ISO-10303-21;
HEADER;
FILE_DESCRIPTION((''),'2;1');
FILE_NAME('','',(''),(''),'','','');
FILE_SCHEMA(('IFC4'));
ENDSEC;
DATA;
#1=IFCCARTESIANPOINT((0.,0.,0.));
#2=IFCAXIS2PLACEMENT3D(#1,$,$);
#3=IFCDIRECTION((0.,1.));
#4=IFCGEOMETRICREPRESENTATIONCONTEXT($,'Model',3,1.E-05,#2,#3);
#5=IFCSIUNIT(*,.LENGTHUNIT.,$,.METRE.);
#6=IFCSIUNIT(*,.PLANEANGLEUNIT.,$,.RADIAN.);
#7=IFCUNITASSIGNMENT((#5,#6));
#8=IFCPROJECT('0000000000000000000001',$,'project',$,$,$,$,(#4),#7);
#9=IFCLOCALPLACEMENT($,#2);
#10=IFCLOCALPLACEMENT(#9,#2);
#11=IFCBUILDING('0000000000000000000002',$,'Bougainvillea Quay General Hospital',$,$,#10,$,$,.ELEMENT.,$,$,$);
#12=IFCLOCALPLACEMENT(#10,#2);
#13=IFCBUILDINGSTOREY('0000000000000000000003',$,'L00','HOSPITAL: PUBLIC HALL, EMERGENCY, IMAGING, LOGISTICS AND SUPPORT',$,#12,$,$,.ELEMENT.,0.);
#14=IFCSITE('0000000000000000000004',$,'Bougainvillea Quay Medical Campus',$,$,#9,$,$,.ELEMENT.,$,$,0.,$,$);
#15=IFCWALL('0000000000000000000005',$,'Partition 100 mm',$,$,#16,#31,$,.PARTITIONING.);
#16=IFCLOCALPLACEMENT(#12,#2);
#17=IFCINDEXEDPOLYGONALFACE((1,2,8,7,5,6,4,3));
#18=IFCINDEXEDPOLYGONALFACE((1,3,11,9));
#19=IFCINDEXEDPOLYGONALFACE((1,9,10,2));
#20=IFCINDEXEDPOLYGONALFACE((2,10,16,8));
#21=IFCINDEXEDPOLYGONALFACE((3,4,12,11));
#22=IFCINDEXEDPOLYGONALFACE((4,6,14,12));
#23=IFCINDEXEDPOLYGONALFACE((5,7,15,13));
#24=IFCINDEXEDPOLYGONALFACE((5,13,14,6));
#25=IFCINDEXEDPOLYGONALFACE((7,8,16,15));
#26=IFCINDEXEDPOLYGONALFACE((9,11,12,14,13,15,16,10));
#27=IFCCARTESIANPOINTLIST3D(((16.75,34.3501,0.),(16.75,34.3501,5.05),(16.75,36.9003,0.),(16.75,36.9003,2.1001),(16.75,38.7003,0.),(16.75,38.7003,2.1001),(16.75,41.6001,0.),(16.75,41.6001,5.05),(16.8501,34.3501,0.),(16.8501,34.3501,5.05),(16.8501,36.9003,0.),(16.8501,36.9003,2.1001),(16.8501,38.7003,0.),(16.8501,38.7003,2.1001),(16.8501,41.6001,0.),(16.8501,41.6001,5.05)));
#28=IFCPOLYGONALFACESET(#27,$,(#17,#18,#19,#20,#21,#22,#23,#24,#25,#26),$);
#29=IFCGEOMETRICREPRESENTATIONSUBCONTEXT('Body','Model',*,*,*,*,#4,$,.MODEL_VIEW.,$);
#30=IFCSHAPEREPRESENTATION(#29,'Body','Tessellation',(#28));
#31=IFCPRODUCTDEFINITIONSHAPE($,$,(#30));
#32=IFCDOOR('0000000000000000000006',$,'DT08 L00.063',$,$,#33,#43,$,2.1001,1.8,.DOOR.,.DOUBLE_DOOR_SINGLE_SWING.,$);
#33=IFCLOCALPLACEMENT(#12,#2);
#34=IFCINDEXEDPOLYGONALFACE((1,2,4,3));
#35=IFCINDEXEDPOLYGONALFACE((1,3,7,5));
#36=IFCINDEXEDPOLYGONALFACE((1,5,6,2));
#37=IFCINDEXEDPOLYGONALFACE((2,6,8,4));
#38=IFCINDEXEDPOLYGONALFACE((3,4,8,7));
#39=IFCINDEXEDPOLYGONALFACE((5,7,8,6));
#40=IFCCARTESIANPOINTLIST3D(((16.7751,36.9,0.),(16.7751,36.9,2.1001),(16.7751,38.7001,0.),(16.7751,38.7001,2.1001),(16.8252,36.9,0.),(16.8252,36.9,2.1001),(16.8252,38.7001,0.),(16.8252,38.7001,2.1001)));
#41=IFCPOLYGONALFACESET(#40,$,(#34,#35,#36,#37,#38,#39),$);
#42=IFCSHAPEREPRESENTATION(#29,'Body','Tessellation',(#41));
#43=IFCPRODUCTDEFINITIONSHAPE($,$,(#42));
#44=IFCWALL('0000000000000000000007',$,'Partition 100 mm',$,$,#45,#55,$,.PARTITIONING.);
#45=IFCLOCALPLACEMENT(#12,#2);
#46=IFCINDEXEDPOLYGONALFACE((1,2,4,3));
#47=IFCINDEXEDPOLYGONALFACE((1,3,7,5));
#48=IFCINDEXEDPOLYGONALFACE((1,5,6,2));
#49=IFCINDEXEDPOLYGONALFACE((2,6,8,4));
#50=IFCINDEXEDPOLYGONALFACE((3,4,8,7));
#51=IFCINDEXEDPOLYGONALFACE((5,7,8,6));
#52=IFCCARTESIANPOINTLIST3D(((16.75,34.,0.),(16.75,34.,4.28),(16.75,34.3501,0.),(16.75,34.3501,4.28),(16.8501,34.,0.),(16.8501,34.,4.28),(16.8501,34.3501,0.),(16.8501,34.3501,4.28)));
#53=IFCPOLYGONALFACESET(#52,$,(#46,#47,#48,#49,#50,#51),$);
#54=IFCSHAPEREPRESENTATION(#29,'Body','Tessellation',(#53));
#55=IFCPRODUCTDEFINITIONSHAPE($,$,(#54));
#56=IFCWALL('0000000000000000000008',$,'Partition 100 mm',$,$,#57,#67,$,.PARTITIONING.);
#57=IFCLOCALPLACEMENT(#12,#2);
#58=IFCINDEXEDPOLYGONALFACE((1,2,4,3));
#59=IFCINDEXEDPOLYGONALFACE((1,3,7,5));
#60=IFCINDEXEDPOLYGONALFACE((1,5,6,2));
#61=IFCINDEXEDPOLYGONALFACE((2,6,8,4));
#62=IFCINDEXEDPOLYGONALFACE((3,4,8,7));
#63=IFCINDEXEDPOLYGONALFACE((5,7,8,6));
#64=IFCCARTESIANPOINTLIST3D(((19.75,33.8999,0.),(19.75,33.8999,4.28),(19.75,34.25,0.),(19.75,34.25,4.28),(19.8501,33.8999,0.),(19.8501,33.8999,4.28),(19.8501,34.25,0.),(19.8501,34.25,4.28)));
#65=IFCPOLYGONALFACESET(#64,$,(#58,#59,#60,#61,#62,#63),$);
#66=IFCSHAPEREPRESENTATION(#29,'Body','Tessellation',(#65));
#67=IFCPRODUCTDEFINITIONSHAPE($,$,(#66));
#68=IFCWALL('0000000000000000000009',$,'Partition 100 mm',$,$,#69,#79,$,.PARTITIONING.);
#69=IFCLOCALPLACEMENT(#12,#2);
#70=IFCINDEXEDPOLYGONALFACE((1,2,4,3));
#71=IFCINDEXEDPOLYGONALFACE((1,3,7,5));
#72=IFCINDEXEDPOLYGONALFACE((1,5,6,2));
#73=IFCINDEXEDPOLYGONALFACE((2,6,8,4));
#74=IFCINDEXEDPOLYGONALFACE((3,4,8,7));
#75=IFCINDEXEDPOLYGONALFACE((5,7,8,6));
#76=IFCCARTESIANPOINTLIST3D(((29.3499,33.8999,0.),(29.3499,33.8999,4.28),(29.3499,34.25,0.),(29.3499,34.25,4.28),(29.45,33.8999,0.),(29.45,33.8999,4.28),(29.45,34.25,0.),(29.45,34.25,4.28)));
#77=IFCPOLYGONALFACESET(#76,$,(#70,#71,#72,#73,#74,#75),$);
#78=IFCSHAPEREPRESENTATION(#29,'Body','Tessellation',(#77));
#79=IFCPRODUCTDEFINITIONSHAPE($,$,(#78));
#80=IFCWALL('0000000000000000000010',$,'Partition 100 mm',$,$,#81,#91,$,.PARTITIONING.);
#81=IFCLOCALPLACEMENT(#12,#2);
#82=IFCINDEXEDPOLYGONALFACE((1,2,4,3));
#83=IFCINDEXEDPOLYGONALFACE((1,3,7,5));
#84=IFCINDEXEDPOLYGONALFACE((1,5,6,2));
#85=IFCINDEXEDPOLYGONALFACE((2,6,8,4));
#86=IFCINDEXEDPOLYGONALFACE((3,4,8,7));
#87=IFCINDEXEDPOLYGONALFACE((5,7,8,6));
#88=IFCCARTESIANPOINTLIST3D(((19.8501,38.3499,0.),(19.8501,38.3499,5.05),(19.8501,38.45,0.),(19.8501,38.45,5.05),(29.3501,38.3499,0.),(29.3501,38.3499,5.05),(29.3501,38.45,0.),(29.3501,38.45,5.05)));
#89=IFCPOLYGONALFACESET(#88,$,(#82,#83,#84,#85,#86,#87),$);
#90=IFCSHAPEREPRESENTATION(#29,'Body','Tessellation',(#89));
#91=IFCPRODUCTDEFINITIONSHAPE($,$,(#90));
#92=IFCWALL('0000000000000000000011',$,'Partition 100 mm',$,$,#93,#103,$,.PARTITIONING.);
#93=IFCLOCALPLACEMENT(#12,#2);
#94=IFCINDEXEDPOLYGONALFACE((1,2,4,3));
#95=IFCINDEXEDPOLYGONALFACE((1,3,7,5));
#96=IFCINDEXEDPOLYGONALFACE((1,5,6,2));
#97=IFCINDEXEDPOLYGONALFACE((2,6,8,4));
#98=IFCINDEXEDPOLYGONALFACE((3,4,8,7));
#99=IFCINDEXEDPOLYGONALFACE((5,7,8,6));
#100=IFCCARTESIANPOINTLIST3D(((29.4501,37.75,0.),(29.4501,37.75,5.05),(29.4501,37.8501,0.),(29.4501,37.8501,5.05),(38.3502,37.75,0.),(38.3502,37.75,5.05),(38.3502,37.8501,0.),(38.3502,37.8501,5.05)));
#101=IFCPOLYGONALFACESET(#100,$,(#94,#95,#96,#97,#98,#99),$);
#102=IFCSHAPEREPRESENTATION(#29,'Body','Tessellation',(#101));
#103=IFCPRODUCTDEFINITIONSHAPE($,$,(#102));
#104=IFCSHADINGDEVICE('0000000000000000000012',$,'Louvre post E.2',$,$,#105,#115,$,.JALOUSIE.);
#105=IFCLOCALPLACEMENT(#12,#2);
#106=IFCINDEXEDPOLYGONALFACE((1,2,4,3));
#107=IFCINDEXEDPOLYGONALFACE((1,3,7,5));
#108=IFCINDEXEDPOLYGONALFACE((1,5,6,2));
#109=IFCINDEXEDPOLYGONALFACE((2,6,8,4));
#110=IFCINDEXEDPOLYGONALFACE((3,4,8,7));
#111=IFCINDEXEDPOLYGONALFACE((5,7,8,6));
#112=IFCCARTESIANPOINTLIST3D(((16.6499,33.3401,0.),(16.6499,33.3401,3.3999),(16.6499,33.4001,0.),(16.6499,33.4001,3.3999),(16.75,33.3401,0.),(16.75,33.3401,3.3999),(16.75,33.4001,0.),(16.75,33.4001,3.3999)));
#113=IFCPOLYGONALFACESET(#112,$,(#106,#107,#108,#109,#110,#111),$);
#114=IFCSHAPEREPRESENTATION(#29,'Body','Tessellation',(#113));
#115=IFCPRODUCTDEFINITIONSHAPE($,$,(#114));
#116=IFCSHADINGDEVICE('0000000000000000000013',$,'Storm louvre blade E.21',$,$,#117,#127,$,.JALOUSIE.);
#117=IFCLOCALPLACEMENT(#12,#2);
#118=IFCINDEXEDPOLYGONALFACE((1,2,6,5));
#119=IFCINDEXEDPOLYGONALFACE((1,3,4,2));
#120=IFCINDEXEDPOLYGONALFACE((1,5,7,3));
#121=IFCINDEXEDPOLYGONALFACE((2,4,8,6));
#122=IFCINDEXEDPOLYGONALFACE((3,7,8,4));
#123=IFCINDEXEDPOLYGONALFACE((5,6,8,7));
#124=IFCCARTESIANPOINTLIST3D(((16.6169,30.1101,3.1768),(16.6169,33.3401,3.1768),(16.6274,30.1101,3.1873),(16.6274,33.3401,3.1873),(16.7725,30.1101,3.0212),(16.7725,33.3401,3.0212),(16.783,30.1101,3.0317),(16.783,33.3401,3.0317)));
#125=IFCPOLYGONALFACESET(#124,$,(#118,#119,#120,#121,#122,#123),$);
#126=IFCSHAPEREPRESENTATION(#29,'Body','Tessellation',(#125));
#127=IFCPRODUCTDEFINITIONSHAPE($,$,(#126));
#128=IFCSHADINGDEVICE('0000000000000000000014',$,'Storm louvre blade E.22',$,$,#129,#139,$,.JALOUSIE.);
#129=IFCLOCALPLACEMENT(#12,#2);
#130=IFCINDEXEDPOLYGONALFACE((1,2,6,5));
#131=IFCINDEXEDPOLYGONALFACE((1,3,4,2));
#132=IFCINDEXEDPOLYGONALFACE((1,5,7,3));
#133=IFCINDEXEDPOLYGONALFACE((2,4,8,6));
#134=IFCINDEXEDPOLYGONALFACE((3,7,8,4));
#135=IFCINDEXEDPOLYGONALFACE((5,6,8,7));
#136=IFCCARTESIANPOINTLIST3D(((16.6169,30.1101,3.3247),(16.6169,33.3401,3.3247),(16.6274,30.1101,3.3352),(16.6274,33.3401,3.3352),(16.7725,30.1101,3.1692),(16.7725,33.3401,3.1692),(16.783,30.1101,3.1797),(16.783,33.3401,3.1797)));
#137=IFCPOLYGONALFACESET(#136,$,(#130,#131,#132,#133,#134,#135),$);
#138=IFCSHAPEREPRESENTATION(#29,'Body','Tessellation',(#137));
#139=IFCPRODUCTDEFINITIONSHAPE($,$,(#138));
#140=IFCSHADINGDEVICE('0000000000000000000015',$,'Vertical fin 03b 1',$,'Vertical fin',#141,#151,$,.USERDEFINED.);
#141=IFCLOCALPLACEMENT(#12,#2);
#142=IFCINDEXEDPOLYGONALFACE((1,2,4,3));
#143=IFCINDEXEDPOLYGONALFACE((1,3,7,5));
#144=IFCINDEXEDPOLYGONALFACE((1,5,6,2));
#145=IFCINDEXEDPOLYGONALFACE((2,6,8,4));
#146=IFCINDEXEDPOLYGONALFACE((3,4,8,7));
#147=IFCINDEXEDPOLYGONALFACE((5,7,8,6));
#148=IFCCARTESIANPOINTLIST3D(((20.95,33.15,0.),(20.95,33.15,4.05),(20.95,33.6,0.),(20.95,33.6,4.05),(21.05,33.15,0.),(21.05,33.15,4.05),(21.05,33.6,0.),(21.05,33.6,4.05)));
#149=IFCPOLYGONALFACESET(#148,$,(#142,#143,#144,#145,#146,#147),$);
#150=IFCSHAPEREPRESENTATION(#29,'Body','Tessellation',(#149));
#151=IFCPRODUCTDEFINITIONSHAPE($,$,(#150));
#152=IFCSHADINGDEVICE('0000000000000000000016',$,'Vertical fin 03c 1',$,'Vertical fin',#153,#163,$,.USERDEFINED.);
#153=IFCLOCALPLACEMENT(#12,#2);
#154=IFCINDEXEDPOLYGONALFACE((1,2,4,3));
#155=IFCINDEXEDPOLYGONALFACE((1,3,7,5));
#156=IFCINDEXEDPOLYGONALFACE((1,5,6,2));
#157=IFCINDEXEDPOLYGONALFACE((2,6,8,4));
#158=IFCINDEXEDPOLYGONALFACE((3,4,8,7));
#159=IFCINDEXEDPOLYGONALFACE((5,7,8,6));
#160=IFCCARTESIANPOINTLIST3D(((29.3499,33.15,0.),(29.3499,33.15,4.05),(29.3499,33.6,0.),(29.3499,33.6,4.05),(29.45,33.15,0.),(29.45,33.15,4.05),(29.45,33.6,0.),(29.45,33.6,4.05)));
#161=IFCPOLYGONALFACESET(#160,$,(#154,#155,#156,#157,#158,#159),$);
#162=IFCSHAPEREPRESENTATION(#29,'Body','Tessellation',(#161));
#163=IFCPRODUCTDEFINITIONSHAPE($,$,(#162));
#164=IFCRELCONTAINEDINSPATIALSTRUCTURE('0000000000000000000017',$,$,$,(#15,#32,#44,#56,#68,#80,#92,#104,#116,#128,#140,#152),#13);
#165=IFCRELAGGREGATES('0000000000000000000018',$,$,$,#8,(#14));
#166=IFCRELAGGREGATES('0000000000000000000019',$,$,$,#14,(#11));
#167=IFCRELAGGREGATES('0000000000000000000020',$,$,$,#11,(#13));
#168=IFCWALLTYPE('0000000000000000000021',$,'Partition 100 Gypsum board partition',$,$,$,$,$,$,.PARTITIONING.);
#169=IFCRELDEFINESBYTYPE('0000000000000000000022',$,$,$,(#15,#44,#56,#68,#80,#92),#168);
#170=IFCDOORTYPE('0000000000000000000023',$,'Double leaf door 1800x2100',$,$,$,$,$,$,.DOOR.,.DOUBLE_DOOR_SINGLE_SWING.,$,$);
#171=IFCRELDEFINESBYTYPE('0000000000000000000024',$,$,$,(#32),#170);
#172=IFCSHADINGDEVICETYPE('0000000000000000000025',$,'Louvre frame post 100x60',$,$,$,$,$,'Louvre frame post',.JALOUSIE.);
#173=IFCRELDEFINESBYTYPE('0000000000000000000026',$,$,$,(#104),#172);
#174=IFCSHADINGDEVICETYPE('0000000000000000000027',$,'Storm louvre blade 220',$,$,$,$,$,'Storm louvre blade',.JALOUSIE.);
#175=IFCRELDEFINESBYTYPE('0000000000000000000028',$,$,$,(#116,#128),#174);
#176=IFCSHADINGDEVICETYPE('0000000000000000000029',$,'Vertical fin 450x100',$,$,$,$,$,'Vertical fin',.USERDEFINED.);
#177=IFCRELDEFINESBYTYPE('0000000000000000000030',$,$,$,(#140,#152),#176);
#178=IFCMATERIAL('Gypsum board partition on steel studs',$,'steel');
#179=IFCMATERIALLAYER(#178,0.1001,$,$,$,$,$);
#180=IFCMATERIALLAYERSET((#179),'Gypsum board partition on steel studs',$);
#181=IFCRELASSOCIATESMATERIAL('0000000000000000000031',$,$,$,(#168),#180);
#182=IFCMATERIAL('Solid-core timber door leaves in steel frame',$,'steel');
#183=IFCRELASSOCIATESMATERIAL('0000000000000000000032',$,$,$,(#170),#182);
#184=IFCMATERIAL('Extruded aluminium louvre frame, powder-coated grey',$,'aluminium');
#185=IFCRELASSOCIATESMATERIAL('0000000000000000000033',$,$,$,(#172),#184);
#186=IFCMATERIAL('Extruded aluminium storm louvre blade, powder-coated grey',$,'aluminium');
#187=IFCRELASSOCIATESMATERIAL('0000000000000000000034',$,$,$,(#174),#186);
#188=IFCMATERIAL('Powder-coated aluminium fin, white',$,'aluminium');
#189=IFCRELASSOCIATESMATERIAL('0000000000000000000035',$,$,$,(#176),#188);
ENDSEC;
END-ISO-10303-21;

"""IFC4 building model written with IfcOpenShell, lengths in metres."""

from ifc_helpers import new_model, si_unit, direction, frame, frame_2d, origin, origin_2d, place, context, subcontext, project, spatial, rectangle, extrude, material, layer, layer_set, material_profile, profile_set, type_object, element, fill, save


model = new_model("IFC4")

# Units and contexts
model_context = context("Model", 3, precision=1e-05, world=origin(), true_north=direction((0.0, 1.0)))
body_context = subcontext(model_context, "Body", "Model", "MODEL_VIEW")
ifc_project = project(units=[si_unit("LENGTHUNIT", "METRE"), si_unit("PLANEANGLEUNIT", "RADIAN")], contexts=[model_context])

# Site, building, storey
site_placement = place(None, origin())
site = spatial("IfcSite", under=ifc_project, at=site_placement, Name="Bougainvillea Quay Medical Campus", CompositionType="ELEMENT", RefElevation=0.0)
building_placement = place(site_placement, origin())
building = spatial("IfcBuilding", under=site, at=building_placement, Name="Bougainvillea Quay General Hospital", CompositionType="ELEMENT")
storey_placement = place(building_placement, origin())
storey = spatial("IfcBuildingStorey", under=building, at=storey_placement, Name="L00", Description="HOSPITAL: PUBLIC HALL, EMERGENCY, IMAGING, LOGISTICS AND SUPPORT", CompositionType="ELEMENT", Elevation=0.0)

# Wall, opening, door
ifc_material_1 = material(Name="Gypsum board partition on steel studs", Category="steel")
ifc_layer_1 = layer(ifc_material_1, 0.1001)
ifc_layer_set_1 = layer_set([ifc_layer_1], Name="Gypsum board partition on steel studs")
wall_type_1 = type_object("IfcWallType", Name="Partition 100 Gypsum board partition", PredefinedType="PARTITIONING", material=ifc_layer_set_1)
wall_1_placement = place(storey_placement, frame((16.8, 41.6001, 0.0), z_axis=(0.0, 0.0, 1.0), x_axis=(0.0, -1.0, 0.0)))
wall_1 = element("IfcWall", 1, at=wall_1_placement, inside=storey, type_object=wall_type_1, Name="Partition 100 mm", PredefinedType="PARTITIONING", context=body_context, shape_type="SweptSolid", body=[
    extrude(rectangle(XDim=7.25, YDim=0.1001, at=frame_2d((3.625, 0.0))), origin(), (0.0, 0.0, 1.0), 5.05),
])
opening_1_placement = place(wall_1_placement, frame((2.8999, 0.0, 0.0)))
opening_1 = element("IfcOpeningElement", 2, at=opening_1_placement, cuts=wall_1, PredefinedType="OPENING", context=body_context, shape_type="SweptSolid", body=[
    extrude(rectangle(XDim=1.8, YDim=2.1001, at=frame_2d((0.8999, 1.05))), frame((0.0, 0.0601, 0.0), z_axis=(0.0, -1.0, 0.0), x_axis=(1.0, 0.0, 0.0)), (0.0, 0.0, 1.0), 0.1201),
])
ifc_material_2 = material(Name="Solid-core timber door leaves in steel frame", Category="steel")
door_type_1 = type_object("IfcDoorType", Name="Double leaf door 1800x2100", OperationType="DOUBLE_DOOR_SINGLE_SWING", PredefinedType="DOOR", material=ifc_material_2)
door_1_placement = place(opening_1_placement, frame((1.8, 0.0, 0.0), z_axis=(0.0, 0.0, 1.0), x_axis=(-1.0, 0.0, 0.0)))
door_1 = element("IfcDoor", 3, at=door_1_placement, inside=storey, type_object=door_type_1, Name="DT08 L00.063", OperationType="DOUBLE_DOOR_SINGLE_SWING", OverallHeight=2.1001, OverallWidth=1.8, PredefinedType="DOOR", context=body_context, shape_type="SweptSolid", body=[
    extrude(rectangle(XDim=1.8, YDim=2.1001, at=frame_2d((0.8999, 1.05))), frame((0.0, 0.0249, 0.0), z_axis=(0.0, -1.0, 0.0), x_axis=(1.0, 0.0, 0.0)), (0.0, 0.0, 1.0), 0.05),
])
fill(opening_1, door_1)

# Walls
for number, where, z_axis, x_axis, name in (
    (4, (16.8, 34.3501, 0.0), (0.0, 0.0, 1.0), (0.0, -1.0, 0.0), "Partition 100 mm"),
    (5, (19.8, 34.25, 0.0), (0.0, 0.0, 1.0), (0.0, -1.0, 0.0), "Partition 100 mm"),
    (6, (29.3999, 34.25, 0.0), (0.0, 0.0, 1.0), (0.0, -1.0, 0.0), "Partition 100 mm"),
):
    element("IfcWall", number, at=place(storey_placement, frame(where, z_axis=z_axis, x_axis=x_axis)), inside=storey, type_object=wall_type_1, Name=name, PredefinedType="PARTITIONING", context=body_context, shape_type="SweptSolid", body=[
        extrude(rectangle(XDim=0.3501, YDim=0.1001, at=frame_2d((0.175, 0.0))), origin(), (0.0, 0.0, 1.0), 4.28),
    ])
wall_2_placement = place(storey_placement, frame((19.8501, 38.3999, 0.0), z_axis=(0.0, 0.0, 1.0), x_axis=(1.0, 0.0, 0.0)))
element("IfcWall", 7, at=wall_2_placement, inside=storey, type_object=wall_type_1, Name="Partition 100 mm", PredefinedType="PARTITIONING", context=body_context, shape_type="SweptSolid", body=[
    extrude(rectangle(XDim=9.5, YDim=0.1001, at=frame_2d((4.75, 0.0))), origin(), (0.0, 0.0, 1.0), 5.05),
])
wall_3_placement = place(storey_placement, frame((29.45, 37.8, 0.0), z_axis=(0.0, 0.0, 1.0), x_axis=(1.0, 0.0, 0.0)))
element("IfcWall", 8, at=wall_3_placement, inside=storey, type_object=wall_type_1, Name="Partition 100 mm", PredefinedType="PARTITIONING", context=body_context, shape_type="SweptSolid", body=[
    extrude(rectangle(XDim=8.9001, YDim=0.1001, at=frame_2d((4.4502, 0.0))), origin(), (0.0, 0.0, 1.0), 5.05),
])

# Shading devices
ifc_material_3 = material(Name="Extruded aluminium louvre frame, powder-coated grey", Category="aluminium")
ifc_material_profile_1 = material_profile(ifc_material_3, rectangle(XDim=0.1001, YDim=0.0601, at=origin_2d()))
ifc_profile_set_1 = profile_set([ifc_material_profile_1], Name="Extruded aluminium louvre frame, powder-coated grey")
shading_device_type_1 = type_object("IfcShadingDeviceType", Name="Louvre frame post 100x60", ElementType="Louvre frame post", PredefinedType="JALOUSIE", material=ifc_profile_set_1)
shading_device_placement = place(storey_placement, frame((16.7, 33.3701, 0.0), z_axis=(0.0, 0.0, 1.0), x_axis=(-1.0, 0.0, 0.0)))
element("IfcShadingDevice", 9, at=shading_device_placement, inside=storey, type_object=shading_device_type_1, Name="Louvre post E.2", PredefinedType="JALOUSIE", context=body_context, shape_type="SweptSolid", body=[
    extrude(rectangle(XDim=0.1001, YDim=0.0601, at=origin_2d()), origin(), (0.0, 0.0, 1.0), 3.3999),
])
ifc_material_4 = material(Name="Extruded aluminium storm louvre blade, powder-coated grey", Category="aluminium")
ifc_material_profile_2 = material_profile(ifc_material_4, rectangle(XDim=0.22, YDim=0.0149, at=origin_2d()))
ifc_profile_set_2 = profile_set([ifc_material_profile_2], Name="Extruded aluminium storm louvre blade, powder-coated grey")
shading_device_type_2 = type_object("IfcShadingDeviceType", Name="Storm louvre blade 220", ElementType="Storm louvre blade", PredefinedType="JALOUSIE", material=ifc_profile_set_2)
for number, where, z_axis, x_axis, name in (
    (10, (16.7, 30.1101, 3.1042), (0.0, 1.0, 0.0), (-0.707107, 0.0, 0.707107), "Storm louvre blade E.21"),
    (11, (16.7, 30.1101, 3.2522), (0.0, 1.0, 0.0), (-0.707107, 0.0, 0.707107), "Storm louvre blade E.22"),
):
    element("IfcShadingDevice", number, at=place(storey_placement, frame(where, z_axis=z_axis, x_axis=x_axis)), inside=storey, type_object=shading_device_type_2, Name=name, PredefinedType="JALOUSIE", context=body_context, shape_type="SweptSolid", body=[
        extrude(rectangle(XDim=0.22, YDim=0.0149, at=origin_2d()), origin(), (0.0, 0.0, 1.0), 3.23),
    ])
ifc_material_5 = material(Name="Powder-coated aluminium fin, white", Category="aluminium")
ifc_material_profile_3 = material_profile(ifc_material_5, rectangle(XDim=0.45, YDim=0.1001, at=origin_2d()))
ifc_profile_set_3 = profile_set([ifc_material_profile_3], Name="Powder-coated aluminium fin, white")
shading_device_type_3 = type_object("IfcShadingDeviceType", Name="Vertical fin 450x100", ElementType="Vertical fin", PredefinedType="USERDEFINED", material=ifc_profile_set_3)
for number, where, z_axis, x_axis, name in (
    (12, (21.0, 33.375, 0.0), (0.0, 0.0, 1.0), (0.0, -1.0, 0.0), "Vertical fin 03b 1"),
    (13, (29.3999, 33.375, 0.0), (0.0, 0.0, 1.0), (0.0, -1.0, 0.0), "Vertical fin 03c 1"),
):
    element("IfcShadingDevice", number, at=place(storey_placement, frame(where, z_axis=z_axis, x_axis=x_axis)), inside=storey, type_object=shading_device_type_3, Name=name, ObjectType="Vertical fin", PredefinedType="USERDEFINED", context=body_context, shape_type="SweptSolid", body=[
        extrude(rectangle(XDim=0.45, YDim=0.1001, at=origin_2d()), origin(), (0.0, 0.0, 1.0), 4.05),
    ])

save(model, "model.ifc")
